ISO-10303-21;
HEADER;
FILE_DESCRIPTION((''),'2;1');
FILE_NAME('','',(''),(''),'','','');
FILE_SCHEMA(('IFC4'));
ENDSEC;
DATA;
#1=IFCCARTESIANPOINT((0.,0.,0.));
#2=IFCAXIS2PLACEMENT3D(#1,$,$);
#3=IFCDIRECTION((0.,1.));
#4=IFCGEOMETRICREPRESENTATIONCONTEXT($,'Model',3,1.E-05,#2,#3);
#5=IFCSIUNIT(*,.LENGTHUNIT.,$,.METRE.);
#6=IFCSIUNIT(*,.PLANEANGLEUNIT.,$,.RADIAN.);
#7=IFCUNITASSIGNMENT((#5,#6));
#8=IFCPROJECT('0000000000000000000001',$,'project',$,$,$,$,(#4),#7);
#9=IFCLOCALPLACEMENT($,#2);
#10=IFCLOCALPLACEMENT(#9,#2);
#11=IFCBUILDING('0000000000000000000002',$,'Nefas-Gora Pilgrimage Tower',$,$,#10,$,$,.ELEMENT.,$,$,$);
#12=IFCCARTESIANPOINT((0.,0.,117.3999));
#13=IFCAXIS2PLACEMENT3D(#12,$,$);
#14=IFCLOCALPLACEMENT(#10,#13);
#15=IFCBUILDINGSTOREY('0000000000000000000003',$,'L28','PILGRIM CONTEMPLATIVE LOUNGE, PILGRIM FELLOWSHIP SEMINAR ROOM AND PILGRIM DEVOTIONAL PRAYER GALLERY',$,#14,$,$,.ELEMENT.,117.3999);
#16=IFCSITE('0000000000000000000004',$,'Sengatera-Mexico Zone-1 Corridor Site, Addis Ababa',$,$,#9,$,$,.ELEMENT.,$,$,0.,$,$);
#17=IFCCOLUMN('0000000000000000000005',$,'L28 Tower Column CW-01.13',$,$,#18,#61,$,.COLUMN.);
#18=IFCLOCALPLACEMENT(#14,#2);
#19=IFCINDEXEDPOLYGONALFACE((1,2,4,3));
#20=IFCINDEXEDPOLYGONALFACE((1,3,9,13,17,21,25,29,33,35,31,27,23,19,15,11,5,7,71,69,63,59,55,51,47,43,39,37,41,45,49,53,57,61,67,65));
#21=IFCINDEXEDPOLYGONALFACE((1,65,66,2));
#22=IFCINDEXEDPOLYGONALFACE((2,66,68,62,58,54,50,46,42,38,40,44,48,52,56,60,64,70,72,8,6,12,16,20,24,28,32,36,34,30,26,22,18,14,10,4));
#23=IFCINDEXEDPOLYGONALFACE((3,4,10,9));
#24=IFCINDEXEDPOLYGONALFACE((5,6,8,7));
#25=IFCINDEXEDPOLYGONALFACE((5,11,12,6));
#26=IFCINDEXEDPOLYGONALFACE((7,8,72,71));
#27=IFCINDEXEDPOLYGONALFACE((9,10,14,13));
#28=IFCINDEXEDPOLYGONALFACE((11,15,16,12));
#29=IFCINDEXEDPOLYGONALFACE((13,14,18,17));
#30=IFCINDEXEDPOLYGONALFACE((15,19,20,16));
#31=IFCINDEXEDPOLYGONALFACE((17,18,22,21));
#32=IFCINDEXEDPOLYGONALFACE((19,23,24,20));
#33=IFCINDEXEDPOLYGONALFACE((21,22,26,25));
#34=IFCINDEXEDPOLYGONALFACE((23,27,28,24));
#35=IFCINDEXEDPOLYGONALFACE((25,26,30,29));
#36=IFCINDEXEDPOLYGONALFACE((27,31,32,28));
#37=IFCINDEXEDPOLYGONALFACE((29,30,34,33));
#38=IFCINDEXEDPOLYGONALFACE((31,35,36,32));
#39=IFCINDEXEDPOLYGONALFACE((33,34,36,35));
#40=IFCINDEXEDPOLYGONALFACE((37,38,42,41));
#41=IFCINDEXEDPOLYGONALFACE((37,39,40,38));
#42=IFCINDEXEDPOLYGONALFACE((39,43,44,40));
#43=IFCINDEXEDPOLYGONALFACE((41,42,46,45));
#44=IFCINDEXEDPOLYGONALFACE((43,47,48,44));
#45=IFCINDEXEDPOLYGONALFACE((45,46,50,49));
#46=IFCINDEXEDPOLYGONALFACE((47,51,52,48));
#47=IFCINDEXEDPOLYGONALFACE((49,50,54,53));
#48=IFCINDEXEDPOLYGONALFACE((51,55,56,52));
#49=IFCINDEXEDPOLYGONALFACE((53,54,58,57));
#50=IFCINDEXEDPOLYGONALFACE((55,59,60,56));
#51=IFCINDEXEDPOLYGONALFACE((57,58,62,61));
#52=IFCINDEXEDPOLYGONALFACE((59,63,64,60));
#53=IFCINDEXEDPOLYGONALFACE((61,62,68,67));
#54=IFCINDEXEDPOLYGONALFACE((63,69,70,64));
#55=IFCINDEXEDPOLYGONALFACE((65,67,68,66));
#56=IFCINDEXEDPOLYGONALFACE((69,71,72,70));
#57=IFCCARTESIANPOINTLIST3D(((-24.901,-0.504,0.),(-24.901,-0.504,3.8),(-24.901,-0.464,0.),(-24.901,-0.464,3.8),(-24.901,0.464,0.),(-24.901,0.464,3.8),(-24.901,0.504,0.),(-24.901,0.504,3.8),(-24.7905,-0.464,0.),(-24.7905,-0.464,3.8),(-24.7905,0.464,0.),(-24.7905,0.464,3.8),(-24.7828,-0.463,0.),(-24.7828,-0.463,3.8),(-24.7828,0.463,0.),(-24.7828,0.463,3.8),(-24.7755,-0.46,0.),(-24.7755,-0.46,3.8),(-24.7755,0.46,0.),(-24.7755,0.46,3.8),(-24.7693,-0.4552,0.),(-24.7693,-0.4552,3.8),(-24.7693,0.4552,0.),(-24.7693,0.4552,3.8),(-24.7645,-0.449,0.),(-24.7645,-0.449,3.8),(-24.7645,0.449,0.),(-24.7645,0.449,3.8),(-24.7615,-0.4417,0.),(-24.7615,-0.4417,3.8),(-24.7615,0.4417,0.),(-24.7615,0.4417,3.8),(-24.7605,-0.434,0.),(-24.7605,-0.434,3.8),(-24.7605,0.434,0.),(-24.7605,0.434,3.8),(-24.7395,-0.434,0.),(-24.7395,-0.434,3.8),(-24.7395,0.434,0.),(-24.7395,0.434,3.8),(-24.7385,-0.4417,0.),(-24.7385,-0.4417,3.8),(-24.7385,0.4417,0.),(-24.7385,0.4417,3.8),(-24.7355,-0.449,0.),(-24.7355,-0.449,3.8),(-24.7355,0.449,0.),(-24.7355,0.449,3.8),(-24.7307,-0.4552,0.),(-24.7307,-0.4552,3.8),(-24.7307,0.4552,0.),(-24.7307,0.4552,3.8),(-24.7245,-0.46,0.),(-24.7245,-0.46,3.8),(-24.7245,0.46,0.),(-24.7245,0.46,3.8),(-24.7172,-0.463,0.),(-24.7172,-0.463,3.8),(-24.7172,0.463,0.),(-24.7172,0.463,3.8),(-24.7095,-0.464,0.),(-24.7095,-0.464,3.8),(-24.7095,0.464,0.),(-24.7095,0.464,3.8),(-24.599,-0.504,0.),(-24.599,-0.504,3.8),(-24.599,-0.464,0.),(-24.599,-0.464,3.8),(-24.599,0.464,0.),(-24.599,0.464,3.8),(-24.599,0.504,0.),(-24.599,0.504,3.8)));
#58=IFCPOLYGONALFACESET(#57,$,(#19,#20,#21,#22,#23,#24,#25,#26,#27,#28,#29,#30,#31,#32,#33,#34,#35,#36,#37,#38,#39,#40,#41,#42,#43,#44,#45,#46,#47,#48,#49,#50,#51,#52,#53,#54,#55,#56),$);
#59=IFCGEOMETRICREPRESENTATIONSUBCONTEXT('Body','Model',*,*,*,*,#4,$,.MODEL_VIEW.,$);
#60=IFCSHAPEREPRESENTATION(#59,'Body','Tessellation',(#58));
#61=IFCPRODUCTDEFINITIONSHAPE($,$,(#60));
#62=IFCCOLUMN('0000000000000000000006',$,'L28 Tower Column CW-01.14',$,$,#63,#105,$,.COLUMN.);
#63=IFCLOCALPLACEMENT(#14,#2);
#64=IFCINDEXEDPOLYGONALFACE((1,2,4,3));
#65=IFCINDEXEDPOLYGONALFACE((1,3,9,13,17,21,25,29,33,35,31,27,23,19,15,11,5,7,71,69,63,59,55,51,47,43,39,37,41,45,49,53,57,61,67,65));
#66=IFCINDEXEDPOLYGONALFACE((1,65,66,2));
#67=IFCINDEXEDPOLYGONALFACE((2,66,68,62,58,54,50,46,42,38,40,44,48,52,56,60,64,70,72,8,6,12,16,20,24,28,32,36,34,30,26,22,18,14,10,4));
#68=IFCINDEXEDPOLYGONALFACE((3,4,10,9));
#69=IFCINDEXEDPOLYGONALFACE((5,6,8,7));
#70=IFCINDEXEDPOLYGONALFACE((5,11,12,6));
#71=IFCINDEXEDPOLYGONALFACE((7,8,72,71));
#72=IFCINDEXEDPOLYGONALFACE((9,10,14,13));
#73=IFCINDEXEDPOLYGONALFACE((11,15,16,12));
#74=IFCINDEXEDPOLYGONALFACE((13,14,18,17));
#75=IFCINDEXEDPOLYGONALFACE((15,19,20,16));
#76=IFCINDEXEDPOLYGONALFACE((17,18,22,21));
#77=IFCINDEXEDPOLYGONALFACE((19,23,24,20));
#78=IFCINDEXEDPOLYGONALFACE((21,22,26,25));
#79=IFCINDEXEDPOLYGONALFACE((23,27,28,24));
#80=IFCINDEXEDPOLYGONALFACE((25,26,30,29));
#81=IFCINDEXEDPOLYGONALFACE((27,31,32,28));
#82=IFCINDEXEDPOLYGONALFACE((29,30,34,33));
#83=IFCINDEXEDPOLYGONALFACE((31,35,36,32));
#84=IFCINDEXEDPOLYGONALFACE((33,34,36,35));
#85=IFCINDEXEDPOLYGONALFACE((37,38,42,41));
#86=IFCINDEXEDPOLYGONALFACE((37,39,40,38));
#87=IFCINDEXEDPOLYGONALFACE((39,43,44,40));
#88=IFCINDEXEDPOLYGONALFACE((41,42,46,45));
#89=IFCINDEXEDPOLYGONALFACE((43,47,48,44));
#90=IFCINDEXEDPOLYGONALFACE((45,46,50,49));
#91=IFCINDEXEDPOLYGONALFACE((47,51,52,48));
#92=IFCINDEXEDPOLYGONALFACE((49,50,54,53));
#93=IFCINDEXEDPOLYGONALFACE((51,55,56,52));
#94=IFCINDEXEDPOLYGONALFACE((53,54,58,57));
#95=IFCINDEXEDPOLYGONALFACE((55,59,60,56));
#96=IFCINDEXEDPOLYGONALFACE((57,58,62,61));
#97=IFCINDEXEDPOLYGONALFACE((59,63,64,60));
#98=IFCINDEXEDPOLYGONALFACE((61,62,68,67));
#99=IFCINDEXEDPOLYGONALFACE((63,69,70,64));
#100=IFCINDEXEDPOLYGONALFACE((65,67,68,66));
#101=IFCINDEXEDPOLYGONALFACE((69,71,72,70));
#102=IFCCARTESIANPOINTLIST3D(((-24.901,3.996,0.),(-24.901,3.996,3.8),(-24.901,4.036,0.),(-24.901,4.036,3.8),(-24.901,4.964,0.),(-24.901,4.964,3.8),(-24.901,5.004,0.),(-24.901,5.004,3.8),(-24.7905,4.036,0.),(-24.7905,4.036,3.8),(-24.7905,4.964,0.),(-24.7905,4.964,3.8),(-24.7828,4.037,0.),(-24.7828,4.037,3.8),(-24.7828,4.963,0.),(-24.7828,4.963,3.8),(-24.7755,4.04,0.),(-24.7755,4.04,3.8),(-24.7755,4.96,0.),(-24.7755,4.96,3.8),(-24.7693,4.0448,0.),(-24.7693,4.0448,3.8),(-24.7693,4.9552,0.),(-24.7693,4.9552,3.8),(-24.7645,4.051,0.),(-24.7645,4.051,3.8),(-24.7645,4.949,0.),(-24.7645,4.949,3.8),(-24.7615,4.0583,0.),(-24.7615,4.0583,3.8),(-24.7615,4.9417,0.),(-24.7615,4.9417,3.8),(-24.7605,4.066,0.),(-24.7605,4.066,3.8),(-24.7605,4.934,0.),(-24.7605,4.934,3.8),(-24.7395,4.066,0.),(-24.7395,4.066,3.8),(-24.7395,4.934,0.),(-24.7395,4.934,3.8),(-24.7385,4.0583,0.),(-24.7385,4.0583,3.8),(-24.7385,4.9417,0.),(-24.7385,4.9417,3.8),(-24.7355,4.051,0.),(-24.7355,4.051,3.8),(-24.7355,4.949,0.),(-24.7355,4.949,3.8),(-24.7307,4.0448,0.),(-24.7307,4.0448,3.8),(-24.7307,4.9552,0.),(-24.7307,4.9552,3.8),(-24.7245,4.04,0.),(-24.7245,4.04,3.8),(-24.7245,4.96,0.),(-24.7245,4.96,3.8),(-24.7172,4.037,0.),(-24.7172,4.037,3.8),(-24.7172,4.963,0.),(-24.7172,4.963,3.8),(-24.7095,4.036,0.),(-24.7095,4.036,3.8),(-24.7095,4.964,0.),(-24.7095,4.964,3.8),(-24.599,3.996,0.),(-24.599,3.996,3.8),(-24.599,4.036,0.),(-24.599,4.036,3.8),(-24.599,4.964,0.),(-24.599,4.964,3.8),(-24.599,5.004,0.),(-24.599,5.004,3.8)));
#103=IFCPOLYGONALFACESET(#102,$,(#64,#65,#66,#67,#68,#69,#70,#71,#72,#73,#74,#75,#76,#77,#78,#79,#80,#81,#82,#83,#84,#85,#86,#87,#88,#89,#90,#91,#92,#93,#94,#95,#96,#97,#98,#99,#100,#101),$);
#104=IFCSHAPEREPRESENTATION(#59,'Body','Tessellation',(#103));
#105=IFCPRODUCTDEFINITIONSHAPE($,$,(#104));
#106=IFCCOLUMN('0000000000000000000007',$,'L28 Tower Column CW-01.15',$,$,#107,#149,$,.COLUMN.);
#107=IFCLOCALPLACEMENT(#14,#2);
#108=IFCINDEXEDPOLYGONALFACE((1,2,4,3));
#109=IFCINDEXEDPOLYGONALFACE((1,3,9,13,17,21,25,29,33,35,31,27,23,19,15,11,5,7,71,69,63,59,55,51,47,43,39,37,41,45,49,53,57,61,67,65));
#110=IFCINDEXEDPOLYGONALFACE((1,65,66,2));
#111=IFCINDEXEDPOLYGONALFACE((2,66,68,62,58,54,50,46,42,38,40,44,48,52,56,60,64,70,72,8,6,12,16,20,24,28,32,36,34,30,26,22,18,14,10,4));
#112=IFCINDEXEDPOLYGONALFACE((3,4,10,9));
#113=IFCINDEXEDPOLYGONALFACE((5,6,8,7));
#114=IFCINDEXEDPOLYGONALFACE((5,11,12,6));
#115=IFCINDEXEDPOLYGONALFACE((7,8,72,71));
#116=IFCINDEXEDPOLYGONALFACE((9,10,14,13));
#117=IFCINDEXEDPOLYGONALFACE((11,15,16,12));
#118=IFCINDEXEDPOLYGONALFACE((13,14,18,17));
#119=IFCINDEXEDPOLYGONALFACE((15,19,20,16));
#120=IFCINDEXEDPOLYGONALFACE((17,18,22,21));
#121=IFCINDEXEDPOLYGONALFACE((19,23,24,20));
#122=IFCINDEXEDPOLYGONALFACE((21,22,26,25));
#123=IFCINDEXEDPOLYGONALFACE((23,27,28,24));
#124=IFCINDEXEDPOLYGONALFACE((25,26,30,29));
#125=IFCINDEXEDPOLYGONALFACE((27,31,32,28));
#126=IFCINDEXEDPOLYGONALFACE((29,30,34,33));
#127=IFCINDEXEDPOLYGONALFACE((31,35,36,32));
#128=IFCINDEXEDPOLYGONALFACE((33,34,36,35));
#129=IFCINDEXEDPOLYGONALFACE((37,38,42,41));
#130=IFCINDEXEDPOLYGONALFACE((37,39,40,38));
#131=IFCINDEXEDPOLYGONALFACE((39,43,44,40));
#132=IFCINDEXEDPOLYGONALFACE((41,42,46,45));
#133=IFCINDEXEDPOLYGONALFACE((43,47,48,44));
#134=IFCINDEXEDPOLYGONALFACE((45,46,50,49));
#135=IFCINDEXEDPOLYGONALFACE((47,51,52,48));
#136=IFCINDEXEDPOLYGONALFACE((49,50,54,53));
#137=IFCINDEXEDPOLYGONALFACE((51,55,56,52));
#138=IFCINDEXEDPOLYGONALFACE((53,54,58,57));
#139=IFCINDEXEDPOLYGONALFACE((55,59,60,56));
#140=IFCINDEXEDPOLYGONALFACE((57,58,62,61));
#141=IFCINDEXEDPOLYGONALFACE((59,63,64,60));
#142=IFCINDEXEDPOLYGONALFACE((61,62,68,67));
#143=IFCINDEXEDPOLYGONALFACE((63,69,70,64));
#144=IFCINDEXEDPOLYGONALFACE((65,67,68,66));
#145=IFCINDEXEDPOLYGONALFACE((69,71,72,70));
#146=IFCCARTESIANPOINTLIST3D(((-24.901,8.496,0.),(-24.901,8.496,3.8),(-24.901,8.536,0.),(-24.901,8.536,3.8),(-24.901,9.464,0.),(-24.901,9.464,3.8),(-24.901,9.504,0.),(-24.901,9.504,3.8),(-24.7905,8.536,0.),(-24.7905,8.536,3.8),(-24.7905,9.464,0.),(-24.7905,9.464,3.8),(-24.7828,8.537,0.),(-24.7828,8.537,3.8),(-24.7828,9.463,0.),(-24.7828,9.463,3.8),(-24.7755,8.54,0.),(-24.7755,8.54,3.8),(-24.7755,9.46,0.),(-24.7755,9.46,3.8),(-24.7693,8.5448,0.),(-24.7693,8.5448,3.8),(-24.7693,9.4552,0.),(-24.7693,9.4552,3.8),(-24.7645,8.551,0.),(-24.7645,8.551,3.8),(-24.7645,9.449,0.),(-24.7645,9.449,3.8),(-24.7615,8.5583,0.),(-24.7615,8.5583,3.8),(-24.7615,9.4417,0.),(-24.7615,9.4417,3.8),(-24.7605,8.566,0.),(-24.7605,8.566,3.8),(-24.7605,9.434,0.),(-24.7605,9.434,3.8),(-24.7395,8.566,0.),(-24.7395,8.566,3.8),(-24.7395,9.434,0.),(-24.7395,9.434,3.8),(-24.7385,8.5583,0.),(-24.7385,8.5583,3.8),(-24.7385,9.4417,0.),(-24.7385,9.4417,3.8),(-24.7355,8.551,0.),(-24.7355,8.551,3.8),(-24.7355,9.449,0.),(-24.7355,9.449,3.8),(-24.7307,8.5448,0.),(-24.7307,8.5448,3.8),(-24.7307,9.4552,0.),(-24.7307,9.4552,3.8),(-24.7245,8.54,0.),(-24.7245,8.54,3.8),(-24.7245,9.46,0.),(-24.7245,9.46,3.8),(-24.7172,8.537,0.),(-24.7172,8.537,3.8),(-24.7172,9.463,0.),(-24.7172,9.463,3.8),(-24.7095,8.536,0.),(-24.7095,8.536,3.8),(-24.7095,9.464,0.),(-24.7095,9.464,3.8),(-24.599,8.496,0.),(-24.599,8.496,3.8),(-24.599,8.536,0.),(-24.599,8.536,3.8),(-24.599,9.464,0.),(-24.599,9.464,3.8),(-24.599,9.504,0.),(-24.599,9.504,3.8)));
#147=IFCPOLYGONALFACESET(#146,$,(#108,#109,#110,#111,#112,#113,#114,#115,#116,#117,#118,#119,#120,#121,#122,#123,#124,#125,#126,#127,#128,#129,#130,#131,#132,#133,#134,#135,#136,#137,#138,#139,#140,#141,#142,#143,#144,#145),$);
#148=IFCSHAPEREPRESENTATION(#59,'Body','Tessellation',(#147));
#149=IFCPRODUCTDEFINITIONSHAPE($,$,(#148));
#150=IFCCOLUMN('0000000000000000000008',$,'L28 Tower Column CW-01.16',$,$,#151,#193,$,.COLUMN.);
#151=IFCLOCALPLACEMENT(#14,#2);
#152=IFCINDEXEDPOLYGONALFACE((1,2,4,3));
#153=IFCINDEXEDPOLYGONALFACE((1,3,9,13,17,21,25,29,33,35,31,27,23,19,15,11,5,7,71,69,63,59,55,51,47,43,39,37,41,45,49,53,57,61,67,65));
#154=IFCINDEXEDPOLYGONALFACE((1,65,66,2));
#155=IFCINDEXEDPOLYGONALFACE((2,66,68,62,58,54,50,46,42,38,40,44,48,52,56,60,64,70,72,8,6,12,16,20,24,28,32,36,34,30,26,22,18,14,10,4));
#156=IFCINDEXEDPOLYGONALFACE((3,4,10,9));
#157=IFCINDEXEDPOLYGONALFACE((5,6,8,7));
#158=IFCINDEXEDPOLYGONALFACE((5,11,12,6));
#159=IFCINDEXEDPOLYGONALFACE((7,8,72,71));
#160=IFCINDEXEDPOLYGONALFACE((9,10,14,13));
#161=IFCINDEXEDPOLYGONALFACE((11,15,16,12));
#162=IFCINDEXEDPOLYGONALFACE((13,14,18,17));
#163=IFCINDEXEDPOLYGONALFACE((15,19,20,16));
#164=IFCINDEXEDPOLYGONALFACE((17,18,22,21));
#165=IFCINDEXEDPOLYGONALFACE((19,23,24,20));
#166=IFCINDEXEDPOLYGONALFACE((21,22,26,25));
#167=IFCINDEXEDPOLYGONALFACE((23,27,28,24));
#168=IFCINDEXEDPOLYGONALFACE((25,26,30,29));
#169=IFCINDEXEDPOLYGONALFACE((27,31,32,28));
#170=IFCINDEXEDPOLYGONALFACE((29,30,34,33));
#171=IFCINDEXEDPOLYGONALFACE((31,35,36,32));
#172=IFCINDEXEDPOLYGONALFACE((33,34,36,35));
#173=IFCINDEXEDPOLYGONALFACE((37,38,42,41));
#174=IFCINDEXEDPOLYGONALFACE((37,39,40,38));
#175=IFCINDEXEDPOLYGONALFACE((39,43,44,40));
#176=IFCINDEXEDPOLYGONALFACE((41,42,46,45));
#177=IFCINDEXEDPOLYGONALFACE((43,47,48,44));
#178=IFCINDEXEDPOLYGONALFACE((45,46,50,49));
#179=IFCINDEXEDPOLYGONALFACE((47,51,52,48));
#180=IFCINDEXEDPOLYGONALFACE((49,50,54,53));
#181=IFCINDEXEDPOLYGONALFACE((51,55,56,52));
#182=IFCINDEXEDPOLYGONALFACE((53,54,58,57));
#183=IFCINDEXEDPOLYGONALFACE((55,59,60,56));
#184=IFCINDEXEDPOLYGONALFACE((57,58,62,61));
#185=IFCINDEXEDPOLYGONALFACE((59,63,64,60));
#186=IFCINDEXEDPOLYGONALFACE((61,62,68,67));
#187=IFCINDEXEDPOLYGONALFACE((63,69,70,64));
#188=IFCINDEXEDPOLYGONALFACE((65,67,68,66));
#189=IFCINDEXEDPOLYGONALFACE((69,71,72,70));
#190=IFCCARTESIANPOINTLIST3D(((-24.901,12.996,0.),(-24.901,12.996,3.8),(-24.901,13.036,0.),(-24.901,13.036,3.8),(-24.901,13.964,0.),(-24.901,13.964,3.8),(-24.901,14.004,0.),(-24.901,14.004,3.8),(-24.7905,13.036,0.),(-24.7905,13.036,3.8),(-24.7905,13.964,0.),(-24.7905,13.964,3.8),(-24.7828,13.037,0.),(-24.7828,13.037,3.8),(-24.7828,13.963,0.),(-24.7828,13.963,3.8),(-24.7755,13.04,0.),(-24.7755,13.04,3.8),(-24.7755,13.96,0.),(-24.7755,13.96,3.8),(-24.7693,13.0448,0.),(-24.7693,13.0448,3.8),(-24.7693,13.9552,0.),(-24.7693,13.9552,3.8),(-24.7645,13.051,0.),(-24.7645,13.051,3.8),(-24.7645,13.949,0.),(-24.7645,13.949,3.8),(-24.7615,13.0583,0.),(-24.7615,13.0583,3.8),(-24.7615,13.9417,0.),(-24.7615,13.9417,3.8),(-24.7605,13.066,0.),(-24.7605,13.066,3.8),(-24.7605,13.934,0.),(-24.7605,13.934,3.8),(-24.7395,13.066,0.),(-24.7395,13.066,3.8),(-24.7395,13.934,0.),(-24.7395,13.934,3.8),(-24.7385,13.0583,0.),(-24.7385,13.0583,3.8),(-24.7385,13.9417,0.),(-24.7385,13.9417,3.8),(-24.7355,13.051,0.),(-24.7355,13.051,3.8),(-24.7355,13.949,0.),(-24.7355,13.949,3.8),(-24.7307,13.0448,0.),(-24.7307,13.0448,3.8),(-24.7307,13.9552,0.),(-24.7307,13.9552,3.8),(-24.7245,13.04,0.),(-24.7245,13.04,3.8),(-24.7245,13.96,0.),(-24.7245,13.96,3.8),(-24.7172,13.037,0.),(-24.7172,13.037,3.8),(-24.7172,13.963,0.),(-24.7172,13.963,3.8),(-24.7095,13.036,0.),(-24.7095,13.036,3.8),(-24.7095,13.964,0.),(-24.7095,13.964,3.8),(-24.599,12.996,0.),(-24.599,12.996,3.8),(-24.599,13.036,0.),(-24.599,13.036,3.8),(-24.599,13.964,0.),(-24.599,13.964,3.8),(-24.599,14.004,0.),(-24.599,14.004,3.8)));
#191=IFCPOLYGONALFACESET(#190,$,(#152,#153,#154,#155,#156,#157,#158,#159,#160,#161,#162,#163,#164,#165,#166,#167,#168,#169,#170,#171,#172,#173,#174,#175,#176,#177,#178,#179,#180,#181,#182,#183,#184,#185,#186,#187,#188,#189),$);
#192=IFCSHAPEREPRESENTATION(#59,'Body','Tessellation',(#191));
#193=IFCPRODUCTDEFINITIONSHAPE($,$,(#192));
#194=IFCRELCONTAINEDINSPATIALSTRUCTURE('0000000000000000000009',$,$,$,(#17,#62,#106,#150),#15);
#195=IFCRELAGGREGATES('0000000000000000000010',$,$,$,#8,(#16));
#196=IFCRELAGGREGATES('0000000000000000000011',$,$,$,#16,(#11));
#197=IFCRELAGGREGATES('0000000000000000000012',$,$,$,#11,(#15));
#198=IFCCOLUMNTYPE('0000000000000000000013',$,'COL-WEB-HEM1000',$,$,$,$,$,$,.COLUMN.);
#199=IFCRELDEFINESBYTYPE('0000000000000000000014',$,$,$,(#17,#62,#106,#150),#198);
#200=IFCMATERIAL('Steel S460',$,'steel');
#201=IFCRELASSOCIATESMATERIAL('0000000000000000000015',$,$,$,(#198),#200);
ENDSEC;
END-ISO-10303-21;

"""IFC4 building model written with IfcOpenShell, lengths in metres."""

from ifc_helpers import new_model, si_unit, direction, frame, origin, origin_2d, place, context, subcontext, project, spatial, i_section, extrude, source, transform, mapped, material, material_profile, profile_set, type_object, element, save


model = new_model("IFC4")

# Units and contexts
model_context = context("Model", 3, precision=1e-05, world=origin(), true_north=direction((0.0, 1.0)))
body_context = subcontext(model_context, "Body", "Model", "MODEL_VIEW")
ifc_project = project(units=[si_unit("LENGTHUNIT", "METRE"), si_unit("PLANEANGLEUNIT", "RADIAN")], contexts=[model_context])

# Site, building, storey
site_placement = place(None, origin())
site = spatial("IfcSite", under=ifc_project, at=site_placement, Name="Sengatera-Mexico Zone-1 Corridor Site, Addis Ababa", CompositionType="ELEMENT", RefElevation=0.0)
building_placement = place(site_placement, origin())
building = spatial("IfcBuilding", under=site, at=building_placement, Name="Nefas-Gora Pilgrimage Tower", CompositionType="ELEMENT")
storey_placement = place(building_placement, frame((0.0, 0.0, 117.3999)))
storey = spatial("IfcBuildingStorey", under=building, at=storey_placement, Name="L28", Description="PILGRIM CONTEMPLATIVE LOUNGE, PILGRIM FELLOWSHIP SEMINAR ROOM AND PILGRIM DEVOTIONAL PRAYER GALLERY", CompositionType="ELEMENT", Elevation=117.3999)

# Columns
ifc_material_1 = material(Name="Steel S460", Category="steel")
ifc_material_profile_1 = material_profile(ifc_material_1, i_section(OverallWidth=0.302, OverallDepth=1.0081, WebThickness=0.021, FlangeThickness=0.04, FilletRadius=0.03, at=origin_2d()), Name="HEM 1000")
ifc_profile_set_1 = profile_set([ifc_material_profile_1], Name="Steel S460")
column_type_1 = type_object("IfcColumnType", Name="COL-WEB-HEM1000", PredefinedType="COLUMN", material=ifc_profile_set_1)
shared_shape_1 = source(origin(), body_context, "Body", "SweptSolid", [
    extrude(i_section(OverallWidth=0.302, OverallDepth=1.0081, WebThickness=0.021, FlangeThickness=0.04, FilletRadius=0.03, at=origin_2d()), origin(), (0.0, 0.0, 1.0), 3.8),
])
for number, where, z_axis, x_axis, name in (
    (1, (-24.75, 0.0, 0.0), (0.0, 0.0, 1.0), (1.0, 0.0, 0.0), "L28 Tower Column CW-01.13"),
    (2, (-24.75, 4.5, 0.0), (0.0, 0.0, 1.0), (1.0, 0.0, 0.0), "L28 Tower Column CW-01.14"),
    (3, (-24.75, 9.0, 0.0), (0.0, 0.0, 1.0), (1.0, 0.0, 0.0), "L28 Tower Column CW-01.15"),
    (4, (-24.75, 13.5, 0.0), (0.0, 0.0, 1.0), (1.0, 0.0, 0.0), "L28 Tower Column CW-01.16"),
):
    element("IfcColumn", number, at=place(storey_placement, frame(where, z_axis=z_axis, x_axis=x_axis)), inside=storey, type_object=column_type_1, Name=name, PredefinedType="COLUMN", context=body_context, shape_type="MappedRepresentation", body=[
        mapped(shared_shape_1, transform((0.0, 0.0, 0.0), x_axis=(1.0, 0.0, 0.0), y_axis=(0.0, 1.0, 0.0), z_axis=(0.0, 0.0, 1.0), scale=1.0)),
    ])

save(model, "model.ifc")
